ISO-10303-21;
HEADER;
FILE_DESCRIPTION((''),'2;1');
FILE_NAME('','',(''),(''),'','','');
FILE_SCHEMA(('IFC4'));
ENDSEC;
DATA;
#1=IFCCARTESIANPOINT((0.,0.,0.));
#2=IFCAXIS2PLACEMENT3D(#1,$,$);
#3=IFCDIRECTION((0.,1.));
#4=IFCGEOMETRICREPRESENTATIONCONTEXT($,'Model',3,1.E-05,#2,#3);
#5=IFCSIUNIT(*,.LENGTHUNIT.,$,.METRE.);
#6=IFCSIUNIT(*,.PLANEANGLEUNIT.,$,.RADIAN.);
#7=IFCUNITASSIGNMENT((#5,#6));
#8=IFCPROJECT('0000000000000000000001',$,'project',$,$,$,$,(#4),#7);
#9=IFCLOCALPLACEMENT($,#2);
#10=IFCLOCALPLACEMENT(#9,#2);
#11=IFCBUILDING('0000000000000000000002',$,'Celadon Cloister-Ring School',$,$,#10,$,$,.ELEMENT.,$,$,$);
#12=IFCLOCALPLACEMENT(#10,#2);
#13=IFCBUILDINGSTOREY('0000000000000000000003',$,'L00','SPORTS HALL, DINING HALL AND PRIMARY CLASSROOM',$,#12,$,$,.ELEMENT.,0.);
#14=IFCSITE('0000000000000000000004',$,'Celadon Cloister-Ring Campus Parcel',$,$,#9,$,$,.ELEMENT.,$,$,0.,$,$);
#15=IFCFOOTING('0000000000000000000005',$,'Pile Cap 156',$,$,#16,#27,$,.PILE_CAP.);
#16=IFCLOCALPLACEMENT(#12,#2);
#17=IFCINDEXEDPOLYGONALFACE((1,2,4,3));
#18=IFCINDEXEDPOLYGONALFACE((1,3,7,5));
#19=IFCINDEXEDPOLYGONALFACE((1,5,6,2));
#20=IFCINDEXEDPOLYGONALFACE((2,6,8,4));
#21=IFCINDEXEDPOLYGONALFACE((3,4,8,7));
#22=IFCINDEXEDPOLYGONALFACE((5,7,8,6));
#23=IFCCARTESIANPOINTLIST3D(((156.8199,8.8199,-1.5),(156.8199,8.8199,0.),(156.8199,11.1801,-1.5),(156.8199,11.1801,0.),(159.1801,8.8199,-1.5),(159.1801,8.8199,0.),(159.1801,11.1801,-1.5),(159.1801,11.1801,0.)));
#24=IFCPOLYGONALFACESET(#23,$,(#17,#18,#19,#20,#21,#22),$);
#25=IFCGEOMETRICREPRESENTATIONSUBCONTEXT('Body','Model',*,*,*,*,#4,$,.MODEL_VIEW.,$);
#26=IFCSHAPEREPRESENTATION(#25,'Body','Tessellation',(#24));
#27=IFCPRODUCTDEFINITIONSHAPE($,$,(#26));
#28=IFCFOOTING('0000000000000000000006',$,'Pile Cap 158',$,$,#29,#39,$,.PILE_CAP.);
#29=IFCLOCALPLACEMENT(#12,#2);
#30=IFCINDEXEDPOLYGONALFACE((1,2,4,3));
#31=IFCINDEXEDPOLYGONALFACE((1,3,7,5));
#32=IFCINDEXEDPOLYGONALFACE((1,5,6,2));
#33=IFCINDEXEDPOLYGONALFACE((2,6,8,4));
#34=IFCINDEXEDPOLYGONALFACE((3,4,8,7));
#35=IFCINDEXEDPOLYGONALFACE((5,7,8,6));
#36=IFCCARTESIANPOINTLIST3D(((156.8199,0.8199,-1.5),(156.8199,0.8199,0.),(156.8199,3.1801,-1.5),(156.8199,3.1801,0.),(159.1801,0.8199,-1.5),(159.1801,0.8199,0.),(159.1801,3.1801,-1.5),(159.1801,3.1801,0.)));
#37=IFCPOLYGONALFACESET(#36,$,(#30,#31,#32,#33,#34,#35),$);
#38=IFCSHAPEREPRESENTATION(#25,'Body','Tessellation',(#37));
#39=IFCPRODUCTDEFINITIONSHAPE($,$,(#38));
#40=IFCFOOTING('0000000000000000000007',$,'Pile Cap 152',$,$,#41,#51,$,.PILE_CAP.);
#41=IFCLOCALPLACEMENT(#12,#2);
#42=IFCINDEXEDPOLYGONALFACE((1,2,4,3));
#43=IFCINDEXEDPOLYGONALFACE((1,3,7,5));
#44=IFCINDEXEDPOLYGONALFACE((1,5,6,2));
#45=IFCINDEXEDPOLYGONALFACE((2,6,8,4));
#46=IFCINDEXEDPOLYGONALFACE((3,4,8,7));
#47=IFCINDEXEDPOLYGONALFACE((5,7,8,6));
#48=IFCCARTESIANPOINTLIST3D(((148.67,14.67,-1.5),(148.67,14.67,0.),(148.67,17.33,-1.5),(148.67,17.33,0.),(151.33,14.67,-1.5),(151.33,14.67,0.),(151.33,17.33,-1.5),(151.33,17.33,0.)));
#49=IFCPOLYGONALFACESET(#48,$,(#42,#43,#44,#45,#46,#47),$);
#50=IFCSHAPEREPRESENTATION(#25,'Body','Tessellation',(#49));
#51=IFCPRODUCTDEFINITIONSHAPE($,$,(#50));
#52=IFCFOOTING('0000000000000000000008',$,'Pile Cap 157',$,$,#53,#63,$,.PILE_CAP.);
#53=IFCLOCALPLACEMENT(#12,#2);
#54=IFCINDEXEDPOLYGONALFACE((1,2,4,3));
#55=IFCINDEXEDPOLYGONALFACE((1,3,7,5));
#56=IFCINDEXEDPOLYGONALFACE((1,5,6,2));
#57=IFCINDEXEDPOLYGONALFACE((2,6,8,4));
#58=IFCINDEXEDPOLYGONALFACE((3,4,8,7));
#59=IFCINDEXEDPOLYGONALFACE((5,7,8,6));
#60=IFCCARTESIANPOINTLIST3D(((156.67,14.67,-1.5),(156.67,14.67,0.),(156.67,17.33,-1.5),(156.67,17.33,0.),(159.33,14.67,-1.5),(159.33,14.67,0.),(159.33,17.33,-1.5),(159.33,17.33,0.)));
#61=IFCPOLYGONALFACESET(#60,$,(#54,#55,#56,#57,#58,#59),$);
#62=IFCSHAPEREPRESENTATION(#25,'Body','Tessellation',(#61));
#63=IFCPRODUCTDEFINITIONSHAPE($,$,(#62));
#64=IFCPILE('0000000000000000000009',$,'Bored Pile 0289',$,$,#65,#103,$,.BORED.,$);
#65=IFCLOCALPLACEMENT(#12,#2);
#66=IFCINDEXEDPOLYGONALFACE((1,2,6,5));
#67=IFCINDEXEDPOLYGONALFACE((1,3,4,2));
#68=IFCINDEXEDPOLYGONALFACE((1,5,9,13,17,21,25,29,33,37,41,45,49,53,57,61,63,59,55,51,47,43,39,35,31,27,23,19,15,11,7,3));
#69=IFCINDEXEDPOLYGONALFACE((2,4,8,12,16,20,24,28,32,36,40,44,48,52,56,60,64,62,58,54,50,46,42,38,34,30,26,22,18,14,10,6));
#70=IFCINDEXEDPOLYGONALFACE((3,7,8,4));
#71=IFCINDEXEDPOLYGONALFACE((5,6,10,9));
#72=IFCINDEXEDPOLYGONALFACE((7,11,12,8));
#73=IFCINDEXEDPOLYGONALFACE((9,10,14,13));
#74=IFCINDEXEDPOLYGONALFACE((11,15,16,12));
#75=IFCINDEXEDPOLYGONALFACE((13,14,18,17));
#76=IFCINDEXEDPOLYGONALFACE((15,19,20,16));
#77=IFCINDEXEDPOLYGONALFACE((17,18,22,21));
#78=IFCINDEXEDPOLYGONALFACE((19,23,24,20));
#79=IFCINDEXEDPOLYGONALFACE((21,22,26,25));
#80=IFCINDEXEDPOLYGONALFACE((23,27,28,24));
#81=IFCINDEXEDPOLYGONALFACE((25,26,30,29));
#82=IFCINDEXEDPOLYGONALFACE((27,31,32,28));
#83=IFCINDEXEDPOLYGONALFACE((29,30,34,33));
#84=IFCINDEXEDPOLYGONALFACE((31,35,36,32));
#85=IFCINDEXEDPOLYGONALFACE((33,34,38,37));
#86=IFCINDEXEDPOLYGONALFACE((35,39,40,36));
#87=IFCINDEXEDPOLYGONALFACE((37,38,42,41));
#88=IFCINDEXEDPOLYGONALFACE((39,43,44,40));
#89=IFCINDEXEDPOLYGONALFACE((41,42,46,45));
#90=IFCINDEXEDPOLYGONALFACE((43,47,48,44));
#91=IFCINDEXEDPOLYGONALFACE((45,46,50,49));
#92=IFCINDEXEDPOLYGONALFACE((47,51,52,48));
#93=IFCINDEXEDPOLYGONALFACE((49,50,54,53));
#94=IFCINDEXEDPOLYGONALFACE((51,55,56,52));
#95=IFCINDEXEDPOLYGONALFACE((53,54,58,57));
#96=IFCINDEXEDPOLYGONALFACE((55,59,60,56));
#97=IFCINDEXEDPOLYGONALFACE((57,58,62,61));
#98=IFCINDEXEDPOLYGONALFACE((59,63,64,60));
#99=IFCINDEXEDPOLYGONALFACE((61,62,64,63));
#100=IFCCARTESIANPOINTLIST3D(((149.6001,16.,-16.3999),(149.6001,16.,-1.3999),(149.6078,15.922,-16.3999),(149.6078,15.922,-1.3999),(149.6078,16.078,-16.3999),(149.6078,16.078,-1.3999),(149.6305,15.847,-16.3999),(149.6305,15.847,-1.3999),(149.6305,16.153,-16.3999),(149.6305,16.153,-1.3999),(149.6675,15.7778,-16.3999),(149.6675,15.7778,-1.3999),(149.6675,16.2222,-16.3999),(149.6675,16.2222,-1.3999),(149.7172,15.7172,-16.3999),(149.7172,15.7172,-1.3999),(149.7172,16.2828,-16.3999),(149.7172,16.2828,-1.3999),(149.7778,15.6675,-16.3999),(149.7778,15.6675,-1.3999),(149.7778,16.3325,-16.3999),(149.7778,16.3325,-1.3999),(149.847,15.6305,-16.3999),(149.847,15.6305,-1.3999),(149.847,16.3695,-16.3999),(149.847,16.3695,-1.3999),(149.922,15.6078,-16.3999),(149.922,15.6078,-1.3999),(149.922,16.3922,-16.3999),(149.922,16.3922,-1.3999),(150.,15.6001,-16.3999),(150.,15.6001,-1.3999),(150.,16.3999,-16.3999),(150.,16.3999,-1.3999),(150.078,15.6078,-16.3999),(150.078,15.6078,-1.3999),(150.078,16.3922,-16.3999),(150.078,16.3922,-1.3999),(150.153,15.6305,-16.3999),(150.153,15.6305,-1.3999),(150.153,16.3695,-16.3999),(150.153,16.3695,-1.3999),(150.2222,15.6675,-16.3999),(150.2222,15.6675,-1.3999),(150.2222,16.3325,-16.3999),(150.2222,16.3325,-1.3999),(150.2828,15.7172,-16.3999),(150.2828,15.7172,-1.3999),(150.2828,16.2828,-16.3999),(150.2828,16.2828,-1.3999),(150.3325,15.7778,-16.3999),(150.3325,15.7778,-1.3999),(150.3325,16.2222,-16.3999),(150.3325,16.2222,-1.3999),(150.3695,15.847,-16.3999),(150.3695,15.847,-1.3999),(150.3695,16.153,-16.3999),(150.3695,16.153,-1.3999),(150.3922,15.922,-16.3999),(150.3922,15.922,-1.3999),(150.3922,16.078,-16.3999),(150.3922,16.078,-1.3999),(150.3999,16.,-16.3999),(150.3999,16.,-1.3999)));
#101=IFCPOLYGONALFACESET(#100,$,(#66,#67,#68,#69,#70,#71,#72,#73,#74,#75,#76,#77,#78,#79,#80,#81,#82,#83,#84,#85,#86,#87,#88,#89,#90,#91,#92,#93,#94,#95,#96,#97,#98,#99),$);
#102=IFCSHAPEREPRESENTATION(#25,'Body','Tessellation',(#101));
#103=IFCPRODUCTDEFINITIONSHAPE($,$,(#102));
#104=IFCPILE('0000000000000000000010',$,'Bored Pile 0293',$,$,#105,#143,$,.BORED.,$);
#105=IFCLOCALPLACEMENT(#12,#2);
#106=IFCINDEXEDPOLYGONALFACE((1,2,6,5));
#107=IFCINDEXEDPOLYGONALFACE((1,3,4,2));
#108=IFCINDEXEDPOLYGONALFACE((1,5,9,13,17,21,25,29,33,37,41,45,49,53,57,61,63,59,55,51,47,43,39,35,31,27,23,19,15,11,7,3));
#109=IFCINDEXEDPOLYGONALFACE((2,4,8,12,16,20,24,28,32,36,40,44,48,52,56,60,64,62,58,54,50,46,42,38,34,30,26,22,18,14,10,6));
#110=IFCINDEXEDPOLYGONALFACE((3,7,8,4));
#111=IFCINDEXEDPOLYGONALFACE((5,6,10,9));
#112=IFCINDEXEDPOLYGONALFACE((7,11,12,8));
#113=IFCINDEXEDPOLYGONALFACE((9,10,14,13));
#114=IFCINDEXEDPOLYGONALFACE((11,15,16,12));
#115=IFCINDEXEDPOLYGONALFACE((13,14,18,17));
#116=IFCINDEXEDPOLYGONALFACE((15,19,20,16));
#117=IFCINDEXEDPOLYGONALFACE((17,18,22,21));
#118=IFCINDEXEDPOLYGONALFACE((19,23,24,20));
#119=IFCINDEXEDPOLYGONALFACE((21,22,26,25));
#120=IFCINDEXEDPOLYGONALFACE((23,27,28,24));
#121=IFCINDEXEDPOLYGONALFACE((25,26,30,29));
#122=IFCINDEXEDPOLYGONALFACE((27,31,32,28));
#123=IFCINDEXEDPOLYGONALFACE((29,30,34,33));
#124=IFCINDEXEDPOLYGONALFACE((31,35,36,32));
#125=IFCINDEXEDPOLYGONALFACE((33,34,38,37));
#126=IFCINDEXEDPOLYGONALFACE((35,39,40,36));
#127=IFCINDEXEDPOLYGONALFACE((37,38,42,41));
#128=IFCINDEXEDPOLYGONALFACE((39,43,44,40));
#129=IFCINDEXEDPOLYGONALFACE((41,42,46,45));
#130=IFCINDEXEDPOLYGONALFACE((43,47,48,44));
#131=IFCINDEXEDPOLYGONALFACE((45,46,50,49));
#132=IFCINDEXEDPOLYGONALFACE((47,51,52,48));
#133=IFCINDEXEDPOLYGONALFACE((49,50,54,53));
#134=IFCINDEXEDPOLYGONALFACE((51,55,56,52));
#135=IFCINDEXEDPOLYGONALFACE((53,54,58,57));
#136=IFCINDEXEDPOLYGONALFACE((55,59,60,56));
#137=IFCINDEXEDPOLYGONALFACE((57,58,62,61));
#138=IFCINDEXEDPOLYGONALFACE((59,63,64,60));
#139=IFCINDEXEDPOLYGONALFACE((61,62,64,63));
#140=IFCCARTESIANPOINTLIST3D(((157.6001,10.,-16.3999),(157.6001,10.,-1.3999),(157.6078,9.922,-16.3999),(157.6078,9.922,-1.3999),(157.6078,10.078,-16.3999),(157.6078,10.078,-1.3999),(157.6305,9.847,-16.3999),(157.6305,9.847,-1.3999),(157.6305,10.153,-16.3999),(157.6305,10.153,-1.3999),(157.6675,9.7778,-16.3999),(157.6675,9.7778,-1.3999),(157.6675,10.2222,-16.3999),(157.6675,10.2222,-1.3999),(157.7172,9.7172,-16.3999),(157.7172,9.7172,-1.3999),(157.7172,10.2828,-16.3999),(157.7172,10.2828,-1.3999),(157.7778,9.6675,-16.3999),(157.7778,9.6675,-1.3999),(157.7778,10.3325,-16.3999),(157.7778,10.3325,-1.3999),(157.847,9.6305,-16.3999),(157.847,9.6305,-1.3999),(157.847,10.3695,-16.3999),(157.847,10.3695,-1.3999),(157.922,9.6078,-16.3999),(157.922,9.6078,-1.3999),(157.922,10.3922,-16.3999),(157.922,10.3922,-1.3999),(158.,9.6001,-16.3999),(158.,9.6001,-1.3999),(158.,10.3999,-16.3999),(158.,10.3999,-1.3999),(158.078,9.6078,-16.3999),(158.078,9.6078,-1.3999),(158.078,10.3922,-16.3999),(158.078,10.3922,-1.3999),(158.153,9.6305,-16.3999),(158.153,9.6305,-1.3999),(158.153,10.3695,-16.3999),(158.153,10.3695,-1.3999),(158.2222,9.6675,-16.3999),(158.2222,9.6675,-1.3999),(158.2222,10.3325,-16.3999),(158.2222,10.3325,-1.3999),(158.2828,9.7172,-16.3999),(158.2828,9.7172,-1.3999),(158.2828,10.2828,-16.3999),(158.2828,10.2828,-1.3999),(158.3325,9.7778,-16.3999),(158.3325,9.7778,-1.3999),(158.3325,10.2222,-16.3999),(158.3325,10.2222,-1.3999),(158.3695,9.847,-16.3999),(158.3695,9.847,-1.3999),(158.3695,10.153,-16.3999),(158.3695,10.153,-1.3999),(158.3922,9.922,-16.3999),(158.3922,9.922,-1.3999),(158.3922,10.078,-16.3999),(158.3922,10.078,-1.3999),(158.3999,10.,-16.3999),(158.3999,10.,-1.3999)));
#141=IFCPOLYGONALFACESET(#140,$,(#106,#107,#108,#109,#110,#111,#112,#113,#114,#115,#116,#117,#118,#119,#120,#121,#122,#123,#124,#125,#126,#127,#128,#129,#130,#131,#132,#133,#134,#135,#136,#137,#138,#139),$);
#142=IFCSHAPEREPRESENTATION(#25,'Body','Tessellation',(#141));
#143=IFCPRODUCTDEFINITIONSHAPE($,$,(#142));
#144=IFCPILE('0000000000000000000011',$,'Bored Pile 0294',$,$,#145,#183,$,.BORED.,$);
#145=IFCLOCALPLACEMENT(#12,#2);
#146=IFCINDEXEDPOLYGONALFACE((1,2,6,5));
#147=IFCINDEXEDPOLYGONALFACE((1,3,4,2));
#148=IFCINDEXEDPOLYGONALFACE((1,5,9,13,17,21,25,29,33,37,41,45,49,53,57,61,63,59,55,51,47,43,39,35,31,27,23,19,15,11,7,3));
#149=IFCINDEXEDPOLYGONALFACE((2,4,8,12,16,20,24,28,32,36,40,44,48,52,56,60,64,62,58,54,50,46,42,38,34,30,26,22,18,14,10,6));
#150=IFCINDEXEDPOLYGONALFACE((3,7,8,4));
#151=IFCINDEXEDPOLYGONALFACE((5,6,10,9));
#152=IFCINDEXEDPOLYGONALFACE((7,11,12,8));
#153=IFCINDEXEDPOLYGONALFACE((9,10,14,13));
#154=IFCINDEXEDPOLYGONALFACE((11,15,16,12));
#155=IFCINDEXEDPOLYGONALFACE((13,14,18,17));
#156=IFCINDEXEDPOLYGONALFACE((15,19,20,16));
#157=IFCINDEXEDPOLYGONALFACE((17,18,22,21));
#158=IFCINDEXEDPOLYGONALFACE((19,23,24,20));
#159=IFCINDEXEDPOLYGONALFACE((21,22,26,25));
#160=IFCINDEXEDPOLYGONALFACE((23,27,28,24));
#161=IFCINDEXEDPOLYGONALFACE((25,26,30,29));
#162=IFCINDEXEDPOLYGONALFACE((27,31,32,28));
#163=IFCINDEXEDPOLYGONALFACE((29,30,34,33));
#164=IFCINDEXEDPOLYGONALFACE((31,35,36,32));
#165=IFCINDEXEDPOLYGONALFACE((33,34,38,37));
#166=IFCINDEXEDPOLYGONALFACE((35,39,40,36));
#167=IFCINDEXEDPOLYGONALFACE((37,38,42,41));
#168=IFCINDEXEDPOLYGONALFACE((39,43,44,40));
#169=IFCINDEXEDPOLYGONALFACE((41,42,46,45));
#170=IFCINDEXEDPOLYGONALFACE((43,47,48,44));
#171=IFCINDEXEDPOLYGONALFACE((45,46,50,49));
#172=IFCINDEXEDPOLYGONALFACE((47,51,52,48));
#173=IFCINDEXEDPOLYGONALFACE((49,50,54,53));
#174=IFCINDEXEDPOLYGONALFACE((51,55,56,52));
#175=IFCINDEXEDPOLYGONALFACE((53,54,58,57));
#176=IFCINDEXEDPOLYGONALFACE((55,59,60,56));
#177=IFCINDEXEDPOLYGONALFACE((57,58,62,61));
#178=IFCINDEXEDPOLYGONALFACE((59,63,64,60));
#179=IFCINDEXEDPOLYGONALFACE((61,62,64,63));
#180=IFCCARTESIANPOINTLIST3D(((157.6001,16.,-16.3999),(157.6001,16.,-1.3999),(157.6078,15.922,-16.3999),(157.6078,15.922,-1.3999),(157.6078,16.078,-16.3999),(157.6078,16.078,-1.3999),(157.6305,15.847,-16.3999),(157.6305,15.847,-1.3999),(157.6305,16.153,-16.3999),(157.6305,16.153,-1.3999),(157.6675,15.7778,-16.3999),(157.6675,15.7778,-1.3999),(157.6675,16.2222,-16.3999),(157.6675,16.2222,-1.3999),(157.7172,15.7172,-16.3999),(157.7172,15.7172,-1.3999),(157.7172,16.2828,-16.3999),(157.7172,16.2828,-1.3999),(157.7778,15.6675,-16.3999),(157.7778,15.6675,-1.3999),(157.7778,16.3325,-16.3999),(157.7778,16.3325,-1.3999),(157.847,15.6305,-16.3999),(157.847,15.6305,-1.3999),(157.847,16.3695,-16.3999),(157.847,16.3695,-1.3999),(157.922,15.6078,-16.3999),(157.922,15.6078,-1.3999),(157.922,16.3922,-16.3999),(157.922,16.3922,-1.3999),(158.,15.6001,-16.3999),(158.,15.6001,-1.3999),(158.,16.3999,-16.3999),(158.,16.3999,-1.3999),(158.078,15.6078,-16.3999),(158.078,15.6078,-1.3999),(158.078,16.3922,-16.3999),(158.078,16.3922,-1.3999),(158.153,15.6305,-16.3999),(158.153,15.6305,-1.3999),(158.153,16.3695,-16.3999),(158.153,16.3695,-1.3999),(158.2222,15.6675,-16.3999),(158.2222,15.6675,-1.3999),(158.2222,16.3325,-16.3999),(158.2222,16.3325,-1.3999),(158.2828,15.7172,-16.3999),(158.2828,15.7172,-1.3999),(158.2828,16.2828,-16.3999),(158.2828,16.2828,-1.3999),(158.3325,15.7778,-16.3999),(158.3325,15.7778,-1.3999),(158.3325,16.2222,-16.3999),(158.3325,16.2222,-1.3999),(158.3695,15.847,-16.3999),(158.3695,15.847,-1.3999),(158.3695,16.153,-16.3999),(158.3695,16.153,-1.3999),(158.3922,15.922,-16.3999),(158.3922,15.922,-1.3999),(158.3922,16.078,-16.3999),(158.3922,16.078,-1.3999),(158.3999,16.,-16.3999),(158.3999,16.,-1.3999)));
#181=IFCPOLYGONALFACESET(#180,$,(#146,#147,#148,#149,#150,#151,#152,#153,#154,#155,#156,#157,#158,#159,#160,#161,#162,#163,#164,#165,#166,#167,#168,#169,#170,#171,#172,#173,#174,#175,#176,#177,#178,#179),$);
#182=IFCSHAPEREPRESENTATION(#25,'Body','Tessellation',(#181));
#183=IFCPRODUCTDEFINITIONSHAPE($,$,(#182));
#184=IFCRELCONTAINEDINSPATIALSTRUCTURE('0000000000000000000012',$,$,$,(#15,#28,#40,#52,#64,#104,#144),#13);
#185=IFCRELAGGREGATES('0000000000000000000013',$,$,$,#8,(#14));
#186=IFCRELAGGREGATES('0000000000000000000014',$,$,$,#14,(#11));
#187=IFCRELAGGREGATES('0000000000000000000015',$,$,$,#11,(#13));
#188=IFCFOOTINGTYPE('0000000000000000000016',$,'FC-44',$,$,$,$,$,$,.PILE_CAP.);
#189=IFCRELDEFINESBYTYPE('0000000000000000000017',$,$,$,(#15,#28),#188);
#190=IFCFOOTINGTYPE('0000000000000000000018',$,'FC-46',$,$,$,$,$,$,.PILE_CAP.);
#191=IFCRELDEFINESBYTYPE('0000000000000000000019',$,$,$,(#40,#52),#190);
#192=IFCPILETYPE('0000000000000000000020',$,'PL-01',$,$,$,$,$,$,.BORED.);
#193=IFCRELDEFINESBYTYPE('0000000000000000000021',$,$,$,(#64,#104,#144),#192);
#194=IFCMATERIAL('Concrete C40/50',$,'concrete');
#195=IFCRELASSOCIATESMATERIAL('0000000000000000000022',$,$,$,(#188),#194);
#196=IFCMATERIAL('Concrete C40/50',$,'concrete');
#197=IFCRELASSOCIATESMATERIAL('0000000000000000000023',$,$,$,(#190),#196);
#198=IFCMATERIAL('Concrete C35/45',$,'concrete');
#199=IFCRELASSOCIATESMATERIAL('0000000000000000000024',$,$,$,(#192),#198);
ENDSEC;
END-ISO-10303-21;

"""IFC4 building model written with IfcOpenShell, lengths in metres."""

from ifc_helpers import new_model, si_unit, direction, frame, origin, origin_2d, place, context, subcontext, project, spatial, rectangle, circle, extrude, material, material_profile, profile_set, type_object, element, save


model = new_model("IFC4")

# Units and contexts
model_context = context("Model", 3, precision=1e-05, world=origin(), true_north=direction((0.0, 1.0)))
body_context = subcontext(model_context, "Body", "Model", "MODEL_VIEW")
ifc_project = project(units=[si_unit("LENGTHUNIT", "METRE"), si_unit("PLANEANGLEUNIT", "RADIAN")], contexts=[model_context])

# Site, building, storey
site_placement = place(None, origin())
site = spatial("IfcSite", under=ifc_project, at=site_placement, Name="Celadon Cloister-Ring Campus Parcel", CompositionType="ELEMENT", RefElevation=0.0)
building_placement = place(site_placement, origin())
building = spatial("IfcBuilding", under=site, at=building_placement, Name="Celadon Cloister-Ring School", CompositionType="ELEMENT")
storey_placement = place(building_placement, origin())
storey = spatial("IfcBuildingStorey", under=building, at=storey_placement, Name="L00", Description="SPORTS HALL, DINING HALL AND PRIMARY CLASSROOM", CompositionType="ELEMENT", Elevation=0.0)

# Footings
ifc_material_1 = material(Name="Concrete C40/50", Category="concrete")
footing_type_1 = type_object("IfcFootingType", Name="FC-44", PredefinedType="PILE_CAP", material=ifc_material_1)
for number, where, z_axis, x_axis, name in (
    (1, (158.0, 10.0, -1.5), (0.0, 0.0, 1.0), (1.0, 0.0, 0.0), "Pile Cap 156"),
    (2, (158.0, 2.0, -1.5), (0.0, 0.0, 1.0), (1.0, 0.0, 0.0), "Pile Cap 158"),
):
    element("IfcFooting", number, at=place(storey_placement, frame(where, z_axis=z_axis, x_axis=x_axis)), inside=storey, type_object=footing_type_1, Name=name, PredefinedType="PILE_CAP", context=body_context, shape_type="SweptSolid", body=[
        extrude(rectangle(XDim=2.3601, YDim=2.3601, at=origin_2d()), origin(), (0.0, 0.0, 1.0), 1.5),
    ])
ifc_material_2 = material(Name="Concrete C40/50", Category="concrete")
footing_type_2 = type_object("IfcFootingType", Name="FC-46", PredefinedType="PILE_CAP", material=ifc_material_2)
for number, where, z_axis, x_axis, name in (
    (3, (150.0, 16.0, -1.5), (0.0, 0.0, 1.0), (1.0, 0.0, 0.0), "Pile Cap 152"),
    (4, (158.0, 16.0, -1.5), (0.0, 0.0, 1.0), (1.0, 0.0, 0.0), "Pile Cap 157"),
):
    element("IfcFooting", number, at=place(storey_placement, frame(where, z_axis=z_axis, x_axis=x_axis)), inside=storey, type_object=footing_type_2, Name=name, PredefinedType="PILE_CAP", context=body_context, shape_type="SweptSolid", body=[
        extrude(rectangle(XDim=2.6599, YDim=2.6599, at=origin_2d()), origin(), (0.0, 0.0, 1.0), 1.5),
    ])

# Piles
ifc_material_3 = material(Name="Concrete C35/45", Category="concrete")
ifc_material_profile_1 = material_profile(ifc_material_3, circle(Radius=0.3999, at=origin_2d()), Name="PILE800")
ifc_profile_set_1 = profile_set([ifc_material_profile_1], Name="Concrete C35/45")
pile_type = type_object("IfcPileType", Name="PL-01", PredefinedType="BORED", material=ifc_profile_set_1)
for number, where, z_axis, x_axis, name in (
    (5, (150.0, 16.0, -1.3999), (0.0, 0.0, -1.0), (1.0, 0.0, 0.0), "Bored Pile 0289"),
    (6, (158.0, 10.0, -1.3999), (0.0, 0.0, -1.0), (1.0, 0.0, 0.0), "Bored Pile 0293"),
    (7, (158.0, 16.0, -1.3999), (0.0, 0.0, -1.0), (1.0, 0.0, 0.0), "Bored Pile 0294"),
):
    element("IfcPile", number, at=place(storey_placement, frame(where, z_axis=z_axis, x_axis=x_axis)), inside=storey, type_object=pile_type, Name=name, PredefinedType="BORED", context=body_context, shape_type="SweptSolid", body=[
        extrude(circle(Radius=0.3999, at=origin_2d()), origin(), (0.0, 0.0, 1.0), 15.0),
    ])

save(model, "model.ifc")
